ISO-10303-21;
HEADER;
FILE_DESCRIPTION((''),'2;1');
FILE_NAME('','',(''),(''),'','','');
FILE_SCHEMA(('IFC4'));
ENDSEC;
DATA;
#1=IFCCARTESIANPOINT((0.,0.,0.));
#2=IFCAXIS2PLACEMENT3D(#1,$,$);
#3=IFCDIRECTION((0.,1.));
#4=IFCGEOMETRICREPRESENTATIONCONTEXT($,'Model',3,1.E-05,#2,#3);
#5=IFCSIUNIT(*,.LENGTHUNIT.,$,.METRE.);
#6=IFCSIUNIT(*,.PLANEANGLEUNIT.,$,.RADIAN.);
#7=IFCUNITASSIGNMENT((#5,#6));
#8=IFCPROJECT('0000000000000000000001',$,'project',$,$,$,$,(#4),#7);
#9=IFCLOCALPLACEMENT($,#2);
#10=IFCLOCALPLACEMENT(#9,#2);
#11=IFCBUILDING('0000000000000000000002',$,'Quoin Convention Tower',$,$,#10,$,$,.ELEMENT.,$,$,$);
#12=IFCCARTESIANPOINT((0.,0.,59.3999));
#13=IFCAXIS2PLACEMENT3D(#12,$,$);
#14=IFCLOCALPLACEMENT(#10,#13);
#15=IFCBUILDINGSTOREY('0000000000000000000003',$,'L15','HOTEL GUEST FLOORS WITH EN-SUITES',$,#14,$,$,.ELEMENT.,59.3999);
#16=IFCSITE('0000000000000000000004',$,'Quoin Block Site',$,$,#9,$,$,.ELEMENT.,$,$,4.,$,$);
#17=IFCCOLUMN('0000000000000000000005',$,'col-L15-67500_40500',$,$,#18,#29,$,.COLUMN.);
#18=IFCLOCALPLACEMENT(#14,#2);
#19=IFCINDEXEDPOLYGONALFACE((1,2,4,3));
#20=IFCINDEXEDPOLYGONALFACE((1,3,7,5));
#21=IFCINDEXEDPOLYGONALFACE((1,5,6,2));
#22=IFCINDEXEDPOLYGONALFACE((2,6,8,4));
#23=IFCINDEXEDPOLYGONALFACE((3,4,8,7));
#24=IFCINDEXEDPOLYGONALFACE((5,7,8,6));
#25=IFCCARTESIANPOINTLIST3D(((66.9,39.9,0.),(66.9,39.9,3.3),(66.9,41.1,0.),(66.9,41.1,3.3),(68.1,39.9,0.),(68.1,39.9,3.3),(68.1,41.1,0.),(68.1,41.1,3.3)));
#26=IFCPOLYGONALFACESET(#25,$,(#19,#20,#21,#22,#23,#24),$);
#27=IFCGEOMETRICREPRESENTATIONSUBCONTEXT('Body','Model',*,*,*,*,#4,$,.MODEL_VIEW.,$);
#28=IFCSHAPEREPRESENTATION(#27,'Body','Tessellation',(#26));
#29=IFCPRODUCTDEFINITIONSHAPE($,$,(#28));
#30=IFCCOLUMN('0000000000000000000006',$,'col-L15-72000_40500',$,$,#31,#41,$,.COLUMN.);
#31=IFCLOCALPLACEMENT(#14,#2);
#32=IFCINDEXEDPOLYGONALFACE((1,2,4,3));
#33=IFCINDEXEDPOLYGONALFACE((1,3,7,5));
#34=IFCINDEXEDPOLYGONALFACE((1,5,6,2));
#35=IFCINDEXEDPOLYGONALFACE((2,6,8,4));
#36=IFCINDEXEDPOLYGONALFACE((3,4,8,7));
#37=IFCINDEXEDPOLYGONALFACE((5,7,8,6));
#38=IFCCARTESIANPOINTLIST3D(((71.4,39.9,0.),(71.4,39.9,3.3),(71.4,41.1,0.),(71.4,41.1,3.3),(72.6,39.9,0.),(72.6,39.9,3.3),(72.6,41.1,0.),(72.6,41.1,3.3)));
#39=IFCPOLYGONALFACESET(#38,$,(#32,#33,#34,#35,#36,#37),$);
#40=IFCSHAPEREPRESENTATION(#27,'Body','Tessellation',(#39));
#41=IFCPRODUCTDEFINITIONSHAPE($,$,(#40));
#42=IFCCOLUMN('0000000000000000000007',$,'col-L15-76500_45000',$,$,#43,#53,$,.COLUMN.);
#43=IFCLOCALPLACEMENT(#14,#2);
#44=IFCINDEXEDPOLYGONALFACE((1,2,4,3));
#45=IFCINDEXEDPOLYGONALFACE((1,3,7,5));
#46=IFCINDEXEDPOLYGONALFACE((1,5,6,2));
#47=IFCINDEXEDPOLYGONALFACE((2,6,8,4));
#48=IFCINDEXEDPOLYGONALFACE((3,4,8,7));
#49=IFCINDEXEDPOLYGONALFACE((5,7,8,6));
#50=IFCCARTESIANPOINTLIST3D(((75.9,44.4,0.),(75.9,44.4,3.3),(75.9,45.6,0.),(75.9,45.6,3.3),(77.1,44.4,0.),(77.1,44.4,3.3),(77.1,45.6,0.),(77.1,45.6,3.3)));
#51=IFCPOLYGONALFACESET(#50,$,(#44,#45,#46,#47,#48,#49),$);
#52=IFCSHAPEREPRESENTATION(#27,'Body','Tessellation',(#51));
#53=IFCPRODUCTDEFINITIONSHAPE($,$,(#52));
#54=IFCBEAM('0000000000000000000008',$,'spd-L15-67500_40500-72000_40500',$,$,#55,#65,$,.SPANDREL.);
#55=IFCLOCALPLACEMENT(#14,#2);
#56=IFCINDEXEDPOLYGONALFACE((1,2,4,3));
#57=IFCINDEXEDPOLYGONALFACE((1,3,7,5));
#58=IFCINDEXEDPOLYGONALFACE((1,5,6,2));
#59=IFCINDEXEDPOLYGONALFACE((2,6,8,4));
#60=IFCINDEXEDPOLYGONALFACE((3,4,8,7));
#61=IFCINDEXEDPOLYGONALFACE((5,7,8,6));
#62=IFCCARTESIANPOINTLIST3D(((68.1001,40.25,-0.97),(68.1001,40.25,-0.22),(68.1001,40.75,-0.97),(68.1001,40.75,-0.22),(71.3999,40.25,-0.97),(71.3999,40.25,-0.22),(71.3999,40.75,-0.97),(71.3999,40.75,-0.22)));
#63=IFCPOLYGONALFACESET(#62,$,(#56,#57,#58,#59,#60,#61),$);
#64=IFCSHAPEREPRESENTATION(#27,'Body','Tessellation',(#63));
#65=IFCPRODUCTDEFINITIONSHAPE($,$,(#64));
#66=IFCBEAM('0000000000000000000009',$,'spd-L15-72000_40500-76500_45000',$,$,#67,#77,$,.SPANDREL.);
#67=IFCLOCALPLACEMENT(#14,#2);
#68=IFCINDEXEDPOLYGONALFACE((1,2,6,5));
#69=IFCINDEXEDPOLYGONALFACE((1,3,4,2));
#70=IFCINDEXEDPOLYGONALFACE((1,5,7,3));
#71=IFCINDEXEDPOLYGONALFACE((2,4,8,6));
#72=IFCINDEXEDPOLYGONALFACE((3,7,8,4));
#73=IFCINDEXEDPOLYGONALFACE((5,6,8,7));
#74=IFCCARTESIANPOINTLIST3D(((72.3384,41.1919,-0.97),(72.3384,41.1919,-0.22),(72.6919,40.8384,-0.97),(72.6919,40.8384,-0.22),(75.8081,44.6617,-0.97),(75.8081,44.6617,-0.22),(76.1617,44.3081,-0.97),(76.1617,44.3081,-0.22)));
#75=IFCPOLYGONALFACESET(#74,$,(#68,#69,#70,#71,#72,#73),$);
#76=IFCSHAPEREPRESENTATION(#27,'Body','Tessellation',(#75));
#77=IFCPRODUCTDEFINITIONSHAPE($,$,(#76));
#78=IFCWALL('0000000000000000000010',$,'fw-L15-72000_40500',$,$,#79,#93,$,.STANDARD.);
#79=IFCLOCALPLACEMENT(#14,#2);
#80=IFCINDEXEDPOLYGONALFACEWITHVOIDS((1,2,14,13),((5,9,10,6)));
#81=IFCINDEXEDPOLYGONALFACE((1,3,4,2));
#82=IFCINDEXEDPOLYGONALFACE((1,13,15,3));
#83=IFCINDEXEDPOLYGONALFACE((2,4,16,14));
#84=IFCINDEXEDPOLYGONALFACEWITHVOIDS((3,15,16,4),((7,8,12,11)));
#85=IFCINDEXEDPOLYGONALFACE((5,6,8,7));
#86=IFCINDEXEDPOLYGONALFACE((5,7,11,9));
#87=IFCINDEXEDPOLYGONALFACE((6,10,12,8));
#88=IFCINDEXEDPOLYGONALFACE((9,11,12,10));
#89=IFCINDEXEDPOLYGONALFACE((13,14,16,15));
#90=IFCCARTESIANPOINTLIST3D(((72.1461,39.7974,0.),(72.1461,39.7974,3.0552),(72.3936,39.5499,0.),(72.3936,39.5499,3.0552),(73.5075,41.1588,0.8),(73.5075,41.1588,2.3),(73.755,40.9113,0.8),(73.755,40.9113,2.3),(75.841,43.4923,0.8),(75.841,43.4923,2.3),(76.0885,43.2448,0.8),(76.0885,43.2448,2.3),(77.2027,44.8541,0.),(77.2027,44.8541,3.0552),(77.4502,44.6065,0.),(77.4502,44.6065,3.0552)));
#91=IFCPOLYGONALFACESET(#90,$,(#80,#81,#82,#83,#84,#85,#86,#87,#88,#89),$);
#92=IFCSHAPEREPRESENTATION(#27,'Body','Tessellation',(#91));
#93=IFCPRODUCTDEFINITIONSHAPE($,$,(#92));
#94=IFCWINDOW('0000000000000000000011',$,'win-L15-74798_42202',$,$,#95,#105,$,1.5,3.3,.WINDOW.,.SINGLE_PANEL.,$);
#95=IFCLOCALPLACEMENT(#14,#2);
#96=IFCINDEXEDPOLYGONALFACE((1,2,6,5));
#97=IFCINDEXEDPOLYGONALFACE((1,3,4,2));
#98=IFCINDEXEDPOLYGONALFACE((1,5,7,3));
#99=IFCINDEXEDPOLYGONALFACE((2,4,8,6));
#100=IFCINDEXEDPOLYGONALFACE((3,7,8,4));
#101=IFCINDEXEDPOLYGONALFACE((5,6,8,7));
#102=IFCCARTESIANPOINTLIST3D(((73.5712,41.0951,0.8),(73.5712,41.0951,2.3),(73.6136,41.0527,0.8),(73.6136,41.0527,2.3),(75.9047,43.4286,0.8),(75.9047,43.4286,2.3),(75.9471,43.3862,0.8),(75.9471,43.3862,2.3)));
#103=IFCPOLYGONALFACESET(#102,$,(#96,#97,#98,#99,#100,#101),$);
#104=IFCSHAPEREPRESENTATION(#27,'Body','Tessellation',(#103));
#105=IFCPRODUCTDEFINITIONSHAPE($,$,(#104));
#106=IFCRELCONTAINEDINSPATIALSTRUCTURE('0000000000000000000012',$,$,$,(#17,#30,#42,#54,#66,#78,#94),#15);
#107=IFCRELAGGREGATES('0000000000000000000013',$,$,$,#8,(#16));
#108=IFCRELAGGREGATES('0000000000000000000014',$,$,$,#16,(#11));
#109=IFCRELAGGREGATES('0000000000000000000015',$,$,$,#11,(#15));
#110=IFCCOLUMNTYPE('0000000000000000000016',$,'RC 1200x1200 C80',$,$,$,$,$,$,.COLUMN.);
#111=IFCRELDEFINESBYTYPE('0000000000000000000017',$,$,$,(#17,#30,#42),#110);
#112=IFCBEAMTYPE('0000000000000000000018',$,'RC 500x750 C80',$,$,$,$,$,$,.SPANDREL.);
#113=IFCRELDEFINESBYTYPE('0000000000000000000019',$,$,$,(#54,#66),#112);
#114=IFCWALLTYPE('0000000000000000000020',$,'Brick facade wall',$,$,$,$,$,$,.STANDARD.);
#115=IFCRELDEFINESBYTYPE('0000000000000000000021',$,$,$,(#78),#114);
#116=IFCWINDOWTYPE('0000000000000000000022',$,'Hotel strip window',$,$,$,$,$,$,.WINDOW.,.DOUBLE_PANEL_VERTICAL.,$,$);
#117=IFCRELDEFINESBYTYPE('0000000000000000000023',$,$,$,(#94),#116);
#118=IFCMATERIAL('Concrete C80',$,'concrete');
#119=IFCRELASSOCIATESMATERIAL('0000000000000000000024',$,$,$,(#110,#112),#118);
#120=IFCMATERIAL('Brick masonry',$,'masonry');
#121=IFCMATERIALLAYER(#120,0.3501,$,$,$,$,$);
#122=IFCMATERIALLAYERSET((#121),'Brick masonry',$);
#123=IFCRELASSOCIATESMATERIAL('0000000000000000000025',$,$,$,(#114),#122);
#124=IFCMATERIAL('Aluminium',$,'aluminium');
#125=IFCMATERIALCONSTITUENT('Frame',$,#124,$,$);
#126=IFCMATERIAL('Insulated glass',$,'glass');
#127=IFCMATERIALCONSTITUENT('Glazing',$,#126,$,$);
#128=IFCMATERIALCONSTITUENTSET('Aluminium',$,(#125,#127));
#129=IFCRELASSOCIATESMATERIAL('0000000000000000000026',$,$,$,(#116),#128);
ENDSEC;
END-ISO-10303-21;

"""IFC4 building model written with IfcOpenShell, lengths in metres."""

from ifc_helpers import new_model, si_unit, direction, frame, frame_2d, origin, origin_2d, place, context, subcontext, project, spatial, rectangle, extrude, material, layer, layer_set, constituent, constituent_set, material_profile, profile_set, type_object, element, fill, save


model = new_model("IFC4")

# Units and contexts
model_context = context("Model", 3, precision=1e-05, world=origin(), true_north=direction((0.0, 1.0)))
body_context = subcontext(model_context, "Body", "Model", "MODEL_VIEW")
ifc_project = project(units=[si_unit("LENGTHUNIT", "METRE"), si_unit("PLANEANGLEUNIT", "RADIAN")], contexts=[model_context])

# Site, building, storey
site_placement = place(None, origin())
site = spatial("IfcSite", under=ifc_project, at=site_placement, Name="Quoin Block Site", CompositionType="ELEMENT", RefElevation=4.0)
building_placement = place(site_placement, origin())
building = spatial("IfcBuilding", under=site, at=building_placement, Name="Quoin Convention Tower", CompositionType="ELEMENT")
storey_placement = place(building_placement, frame((0.0, 0.0, 59.3999)))
storey = spatial("IfcBuildingStorey", under=building, at=storey_placement, Name="L15", Description="HOTEL GUEST FLOORS WITH EN-SUITES", CompositionType="ELEMENT", Elevation=59.3999)

# Columns
ifc_material_1 = material(Name="Concrete C80", Category="concrete")
ifc_material_profile_1 = material_profile(ifc_material_1, rectangle(XDim=1.2, YDim=1.2, at=origin_2d()), Name="RC 1200x1200")
ifc_profile_set_1 = profile_set([ifc_material_profile_1], Name="Concrete C80")
column_type = type_object("IfcColumnType", Name="RC 1200x1200 C80", PredefinedType="COLUMN", material=ifc_profile_set_1)
for number, where, z_axis, x_axis, name in (
    (1, (67.5, 40.5, 0.0), (0.0, 0.0, 1.0), (1.0, 0.0, 0.0), "col-L15-67500_40500"),
    (2, (72.0, 40.5, 0.0), (0.0, 0.0, 1.0), (1.0, 0.0, 0.0), "col-L15-72000_40500"),
    (3, (76.5, 45.0, 0.0), (0.0, 0.0, 1.0), (1.0, 0.0, 0.0), "col-L15-76500_45000"),
):
    element("IfcColumn", number, at=place(storey_placement, frame(where, z_axis=z_axis, x_axis=x_axis)), inside=storey, type_object=column_type, Name=name, PredefinedType="COLUMN", context=body_context, shape_type="SweptSolid", body=[
        extrude(rectangle(XDim=1.2, YDim=1.2, at=origin_2d()), origin(), (0.0, 0.0, 1.0), 3.3),
    ])

# Beams
ifc_material_profile_2 = material_profile(ifc_material_1, rectangle(XDim=0.5, YDim=0.75, at=origin_2d()), Name="RC 500x750")
ifc_profile_set_2 = profile_set([ifc_material_profile_2], Name="Concrete C80")
beam_type = type_object("IfcBeamType", Name="RC 500x750 C80", PredefinedType="SPANDREL", material=ifc_profile_set_2)
beam_1_placement = place(storey_placement, frame((68.1001, 40.5, -0.595), z_axis=(1.0, 0.0, 0.0), x_axis=(0.0, 1.0, 0.0)))
element("IfcBeam", 4, at=beam_1_placement, inside=storey, type_object=beam_type, Name="spd-L15-67500_40500-72000_40500", PredefinedType="SPANDREL", context=body_context, shape_type="SweptSolid", body=[
    extrude(rectangle(XDim=0.5, YDim=0.75, at=origin_2d()), origin(), (0.0, 0.0, 1.0), 3.2998),
])
beam_2_placement = place(storey_placement, frame((72.5151, 41.0151, -0.595), z_axis=(0.707107, 0.707107, 0.0), x_axis=(-0.707107, 0.707107, 0.0)))
element("IfcBeam", 5, at=beam_2_placement, inside=storey, type_object=beam_type, Name="spd-L15-72000_40500-76500_45000", PredefinedType="SPANDREL", context=body_context, shape_type="SweptSolid", body=[
    extrude(rectangle(XDim=0.5, YDim=0.75, at=origin_2d()), origin(), (0.0, 0.0, 1.0), 4.907),
])

# Wall, opening, window
ifc_material_2 = material(Name="Brick masonry", Category="masonry")
ifc_layer_1 = layer(ifc_material_2, 0.3501)
ifc_layer_set_1 = layer_set([ifc_layer_1], Name="Brick masonry")
wall_type_1 = type_object("IfcWallType", Name="Brick facade wall", PredefinedType="STANDARD", material=ifc_layer_set_1)
wall_1_placement = place(storey_placement, frame((72.2698, 39.6736, 0.0), z_axis=(0.0, 0.0, 1.0), x_axis=(0.707107, 0.707107, 0.0)))
wall_1 = element("IfcWall", 6, at=wall_1_placement, inside=storey, type_object=wall_type_1, Name="fw-L15-72000_40500", PredefinedType="STANDARD", context=body_context, shape_type="SweptSolid", body=[
    extrude(rectangle(XDim=7.1511, YDim=0.3501, at=frame_2d((3.5757, 0.0))), origin(), (0.0, 0.0, 1.0), 3.0552),
])
opening_1_placement = place(wall_1_placement, frame((1.9255, 0.0, 0.8)))
opening_1 = element("IfcOpeningElement", 7, at=opening_1_placement, cuts=wall_1, PredefinedType="OPENING", context=body_context, shape_type="SweptSolid", body=[
    extrude(rectangle(XDim=3.3, YDim=1.5, at=frame_2d((1.6499, 0.75))), frame((0.0, 0.1851, 0.0), z_axis=(0.0, -1.0, 0.0), x_axis=(1.0, 0.0, 0.0)), (0.0, 0.0, 1.0), 0.3701),
])
ifc_material_3 = material(Name="Aluminium", Category="aluminium")
ifc_constituent_1 = constituent(ifc_material_3, Name="Frame")
ifc_material_4 = material(Name="Insulated glass", Category="glass")
ifc_constituent_2 = constituent(ifc_material_4, Name="Glazing")
ifc_constituent_set = constituent_set(constituents=[ifc_constituent_1, ifc_constituent_2], Name="Aluminium")
window_type = type_object("IfcWindowType", Name="Hotel strip window", PartitioningType="DOUBLE_PANEL_VERTICAL", PredefinedType="WINDOW", material=ifc_constituent_set)
window_1_placement = place(opening_1_placement, origin())
window_1 = element("IfcWindow", 8, at=window_1_placement, inside=storey, type_object=window_type, Name="win-L15-74798_42202", OverallHeight=1.5, OverallWidth=3.3, PartitioningType="SINGLE_PANEL", PredefinedType="WINDOW", context=body_context, shape_type="SweptSolid", body=[
    extrude(rectangle(XDim=3.3, YDim=1.5, at=frame_2d((1.6499, 0.75))), frame((0.0, 0.085, 0.0), z_axis=(0.0, -1.0, 0.0), x_axis=(1.0, 0.0, 0.0)), (0.0, 0.0, 1.0), 0.0601),
])
fill(opening_1, window_1)

save(model, "model.ifc")
